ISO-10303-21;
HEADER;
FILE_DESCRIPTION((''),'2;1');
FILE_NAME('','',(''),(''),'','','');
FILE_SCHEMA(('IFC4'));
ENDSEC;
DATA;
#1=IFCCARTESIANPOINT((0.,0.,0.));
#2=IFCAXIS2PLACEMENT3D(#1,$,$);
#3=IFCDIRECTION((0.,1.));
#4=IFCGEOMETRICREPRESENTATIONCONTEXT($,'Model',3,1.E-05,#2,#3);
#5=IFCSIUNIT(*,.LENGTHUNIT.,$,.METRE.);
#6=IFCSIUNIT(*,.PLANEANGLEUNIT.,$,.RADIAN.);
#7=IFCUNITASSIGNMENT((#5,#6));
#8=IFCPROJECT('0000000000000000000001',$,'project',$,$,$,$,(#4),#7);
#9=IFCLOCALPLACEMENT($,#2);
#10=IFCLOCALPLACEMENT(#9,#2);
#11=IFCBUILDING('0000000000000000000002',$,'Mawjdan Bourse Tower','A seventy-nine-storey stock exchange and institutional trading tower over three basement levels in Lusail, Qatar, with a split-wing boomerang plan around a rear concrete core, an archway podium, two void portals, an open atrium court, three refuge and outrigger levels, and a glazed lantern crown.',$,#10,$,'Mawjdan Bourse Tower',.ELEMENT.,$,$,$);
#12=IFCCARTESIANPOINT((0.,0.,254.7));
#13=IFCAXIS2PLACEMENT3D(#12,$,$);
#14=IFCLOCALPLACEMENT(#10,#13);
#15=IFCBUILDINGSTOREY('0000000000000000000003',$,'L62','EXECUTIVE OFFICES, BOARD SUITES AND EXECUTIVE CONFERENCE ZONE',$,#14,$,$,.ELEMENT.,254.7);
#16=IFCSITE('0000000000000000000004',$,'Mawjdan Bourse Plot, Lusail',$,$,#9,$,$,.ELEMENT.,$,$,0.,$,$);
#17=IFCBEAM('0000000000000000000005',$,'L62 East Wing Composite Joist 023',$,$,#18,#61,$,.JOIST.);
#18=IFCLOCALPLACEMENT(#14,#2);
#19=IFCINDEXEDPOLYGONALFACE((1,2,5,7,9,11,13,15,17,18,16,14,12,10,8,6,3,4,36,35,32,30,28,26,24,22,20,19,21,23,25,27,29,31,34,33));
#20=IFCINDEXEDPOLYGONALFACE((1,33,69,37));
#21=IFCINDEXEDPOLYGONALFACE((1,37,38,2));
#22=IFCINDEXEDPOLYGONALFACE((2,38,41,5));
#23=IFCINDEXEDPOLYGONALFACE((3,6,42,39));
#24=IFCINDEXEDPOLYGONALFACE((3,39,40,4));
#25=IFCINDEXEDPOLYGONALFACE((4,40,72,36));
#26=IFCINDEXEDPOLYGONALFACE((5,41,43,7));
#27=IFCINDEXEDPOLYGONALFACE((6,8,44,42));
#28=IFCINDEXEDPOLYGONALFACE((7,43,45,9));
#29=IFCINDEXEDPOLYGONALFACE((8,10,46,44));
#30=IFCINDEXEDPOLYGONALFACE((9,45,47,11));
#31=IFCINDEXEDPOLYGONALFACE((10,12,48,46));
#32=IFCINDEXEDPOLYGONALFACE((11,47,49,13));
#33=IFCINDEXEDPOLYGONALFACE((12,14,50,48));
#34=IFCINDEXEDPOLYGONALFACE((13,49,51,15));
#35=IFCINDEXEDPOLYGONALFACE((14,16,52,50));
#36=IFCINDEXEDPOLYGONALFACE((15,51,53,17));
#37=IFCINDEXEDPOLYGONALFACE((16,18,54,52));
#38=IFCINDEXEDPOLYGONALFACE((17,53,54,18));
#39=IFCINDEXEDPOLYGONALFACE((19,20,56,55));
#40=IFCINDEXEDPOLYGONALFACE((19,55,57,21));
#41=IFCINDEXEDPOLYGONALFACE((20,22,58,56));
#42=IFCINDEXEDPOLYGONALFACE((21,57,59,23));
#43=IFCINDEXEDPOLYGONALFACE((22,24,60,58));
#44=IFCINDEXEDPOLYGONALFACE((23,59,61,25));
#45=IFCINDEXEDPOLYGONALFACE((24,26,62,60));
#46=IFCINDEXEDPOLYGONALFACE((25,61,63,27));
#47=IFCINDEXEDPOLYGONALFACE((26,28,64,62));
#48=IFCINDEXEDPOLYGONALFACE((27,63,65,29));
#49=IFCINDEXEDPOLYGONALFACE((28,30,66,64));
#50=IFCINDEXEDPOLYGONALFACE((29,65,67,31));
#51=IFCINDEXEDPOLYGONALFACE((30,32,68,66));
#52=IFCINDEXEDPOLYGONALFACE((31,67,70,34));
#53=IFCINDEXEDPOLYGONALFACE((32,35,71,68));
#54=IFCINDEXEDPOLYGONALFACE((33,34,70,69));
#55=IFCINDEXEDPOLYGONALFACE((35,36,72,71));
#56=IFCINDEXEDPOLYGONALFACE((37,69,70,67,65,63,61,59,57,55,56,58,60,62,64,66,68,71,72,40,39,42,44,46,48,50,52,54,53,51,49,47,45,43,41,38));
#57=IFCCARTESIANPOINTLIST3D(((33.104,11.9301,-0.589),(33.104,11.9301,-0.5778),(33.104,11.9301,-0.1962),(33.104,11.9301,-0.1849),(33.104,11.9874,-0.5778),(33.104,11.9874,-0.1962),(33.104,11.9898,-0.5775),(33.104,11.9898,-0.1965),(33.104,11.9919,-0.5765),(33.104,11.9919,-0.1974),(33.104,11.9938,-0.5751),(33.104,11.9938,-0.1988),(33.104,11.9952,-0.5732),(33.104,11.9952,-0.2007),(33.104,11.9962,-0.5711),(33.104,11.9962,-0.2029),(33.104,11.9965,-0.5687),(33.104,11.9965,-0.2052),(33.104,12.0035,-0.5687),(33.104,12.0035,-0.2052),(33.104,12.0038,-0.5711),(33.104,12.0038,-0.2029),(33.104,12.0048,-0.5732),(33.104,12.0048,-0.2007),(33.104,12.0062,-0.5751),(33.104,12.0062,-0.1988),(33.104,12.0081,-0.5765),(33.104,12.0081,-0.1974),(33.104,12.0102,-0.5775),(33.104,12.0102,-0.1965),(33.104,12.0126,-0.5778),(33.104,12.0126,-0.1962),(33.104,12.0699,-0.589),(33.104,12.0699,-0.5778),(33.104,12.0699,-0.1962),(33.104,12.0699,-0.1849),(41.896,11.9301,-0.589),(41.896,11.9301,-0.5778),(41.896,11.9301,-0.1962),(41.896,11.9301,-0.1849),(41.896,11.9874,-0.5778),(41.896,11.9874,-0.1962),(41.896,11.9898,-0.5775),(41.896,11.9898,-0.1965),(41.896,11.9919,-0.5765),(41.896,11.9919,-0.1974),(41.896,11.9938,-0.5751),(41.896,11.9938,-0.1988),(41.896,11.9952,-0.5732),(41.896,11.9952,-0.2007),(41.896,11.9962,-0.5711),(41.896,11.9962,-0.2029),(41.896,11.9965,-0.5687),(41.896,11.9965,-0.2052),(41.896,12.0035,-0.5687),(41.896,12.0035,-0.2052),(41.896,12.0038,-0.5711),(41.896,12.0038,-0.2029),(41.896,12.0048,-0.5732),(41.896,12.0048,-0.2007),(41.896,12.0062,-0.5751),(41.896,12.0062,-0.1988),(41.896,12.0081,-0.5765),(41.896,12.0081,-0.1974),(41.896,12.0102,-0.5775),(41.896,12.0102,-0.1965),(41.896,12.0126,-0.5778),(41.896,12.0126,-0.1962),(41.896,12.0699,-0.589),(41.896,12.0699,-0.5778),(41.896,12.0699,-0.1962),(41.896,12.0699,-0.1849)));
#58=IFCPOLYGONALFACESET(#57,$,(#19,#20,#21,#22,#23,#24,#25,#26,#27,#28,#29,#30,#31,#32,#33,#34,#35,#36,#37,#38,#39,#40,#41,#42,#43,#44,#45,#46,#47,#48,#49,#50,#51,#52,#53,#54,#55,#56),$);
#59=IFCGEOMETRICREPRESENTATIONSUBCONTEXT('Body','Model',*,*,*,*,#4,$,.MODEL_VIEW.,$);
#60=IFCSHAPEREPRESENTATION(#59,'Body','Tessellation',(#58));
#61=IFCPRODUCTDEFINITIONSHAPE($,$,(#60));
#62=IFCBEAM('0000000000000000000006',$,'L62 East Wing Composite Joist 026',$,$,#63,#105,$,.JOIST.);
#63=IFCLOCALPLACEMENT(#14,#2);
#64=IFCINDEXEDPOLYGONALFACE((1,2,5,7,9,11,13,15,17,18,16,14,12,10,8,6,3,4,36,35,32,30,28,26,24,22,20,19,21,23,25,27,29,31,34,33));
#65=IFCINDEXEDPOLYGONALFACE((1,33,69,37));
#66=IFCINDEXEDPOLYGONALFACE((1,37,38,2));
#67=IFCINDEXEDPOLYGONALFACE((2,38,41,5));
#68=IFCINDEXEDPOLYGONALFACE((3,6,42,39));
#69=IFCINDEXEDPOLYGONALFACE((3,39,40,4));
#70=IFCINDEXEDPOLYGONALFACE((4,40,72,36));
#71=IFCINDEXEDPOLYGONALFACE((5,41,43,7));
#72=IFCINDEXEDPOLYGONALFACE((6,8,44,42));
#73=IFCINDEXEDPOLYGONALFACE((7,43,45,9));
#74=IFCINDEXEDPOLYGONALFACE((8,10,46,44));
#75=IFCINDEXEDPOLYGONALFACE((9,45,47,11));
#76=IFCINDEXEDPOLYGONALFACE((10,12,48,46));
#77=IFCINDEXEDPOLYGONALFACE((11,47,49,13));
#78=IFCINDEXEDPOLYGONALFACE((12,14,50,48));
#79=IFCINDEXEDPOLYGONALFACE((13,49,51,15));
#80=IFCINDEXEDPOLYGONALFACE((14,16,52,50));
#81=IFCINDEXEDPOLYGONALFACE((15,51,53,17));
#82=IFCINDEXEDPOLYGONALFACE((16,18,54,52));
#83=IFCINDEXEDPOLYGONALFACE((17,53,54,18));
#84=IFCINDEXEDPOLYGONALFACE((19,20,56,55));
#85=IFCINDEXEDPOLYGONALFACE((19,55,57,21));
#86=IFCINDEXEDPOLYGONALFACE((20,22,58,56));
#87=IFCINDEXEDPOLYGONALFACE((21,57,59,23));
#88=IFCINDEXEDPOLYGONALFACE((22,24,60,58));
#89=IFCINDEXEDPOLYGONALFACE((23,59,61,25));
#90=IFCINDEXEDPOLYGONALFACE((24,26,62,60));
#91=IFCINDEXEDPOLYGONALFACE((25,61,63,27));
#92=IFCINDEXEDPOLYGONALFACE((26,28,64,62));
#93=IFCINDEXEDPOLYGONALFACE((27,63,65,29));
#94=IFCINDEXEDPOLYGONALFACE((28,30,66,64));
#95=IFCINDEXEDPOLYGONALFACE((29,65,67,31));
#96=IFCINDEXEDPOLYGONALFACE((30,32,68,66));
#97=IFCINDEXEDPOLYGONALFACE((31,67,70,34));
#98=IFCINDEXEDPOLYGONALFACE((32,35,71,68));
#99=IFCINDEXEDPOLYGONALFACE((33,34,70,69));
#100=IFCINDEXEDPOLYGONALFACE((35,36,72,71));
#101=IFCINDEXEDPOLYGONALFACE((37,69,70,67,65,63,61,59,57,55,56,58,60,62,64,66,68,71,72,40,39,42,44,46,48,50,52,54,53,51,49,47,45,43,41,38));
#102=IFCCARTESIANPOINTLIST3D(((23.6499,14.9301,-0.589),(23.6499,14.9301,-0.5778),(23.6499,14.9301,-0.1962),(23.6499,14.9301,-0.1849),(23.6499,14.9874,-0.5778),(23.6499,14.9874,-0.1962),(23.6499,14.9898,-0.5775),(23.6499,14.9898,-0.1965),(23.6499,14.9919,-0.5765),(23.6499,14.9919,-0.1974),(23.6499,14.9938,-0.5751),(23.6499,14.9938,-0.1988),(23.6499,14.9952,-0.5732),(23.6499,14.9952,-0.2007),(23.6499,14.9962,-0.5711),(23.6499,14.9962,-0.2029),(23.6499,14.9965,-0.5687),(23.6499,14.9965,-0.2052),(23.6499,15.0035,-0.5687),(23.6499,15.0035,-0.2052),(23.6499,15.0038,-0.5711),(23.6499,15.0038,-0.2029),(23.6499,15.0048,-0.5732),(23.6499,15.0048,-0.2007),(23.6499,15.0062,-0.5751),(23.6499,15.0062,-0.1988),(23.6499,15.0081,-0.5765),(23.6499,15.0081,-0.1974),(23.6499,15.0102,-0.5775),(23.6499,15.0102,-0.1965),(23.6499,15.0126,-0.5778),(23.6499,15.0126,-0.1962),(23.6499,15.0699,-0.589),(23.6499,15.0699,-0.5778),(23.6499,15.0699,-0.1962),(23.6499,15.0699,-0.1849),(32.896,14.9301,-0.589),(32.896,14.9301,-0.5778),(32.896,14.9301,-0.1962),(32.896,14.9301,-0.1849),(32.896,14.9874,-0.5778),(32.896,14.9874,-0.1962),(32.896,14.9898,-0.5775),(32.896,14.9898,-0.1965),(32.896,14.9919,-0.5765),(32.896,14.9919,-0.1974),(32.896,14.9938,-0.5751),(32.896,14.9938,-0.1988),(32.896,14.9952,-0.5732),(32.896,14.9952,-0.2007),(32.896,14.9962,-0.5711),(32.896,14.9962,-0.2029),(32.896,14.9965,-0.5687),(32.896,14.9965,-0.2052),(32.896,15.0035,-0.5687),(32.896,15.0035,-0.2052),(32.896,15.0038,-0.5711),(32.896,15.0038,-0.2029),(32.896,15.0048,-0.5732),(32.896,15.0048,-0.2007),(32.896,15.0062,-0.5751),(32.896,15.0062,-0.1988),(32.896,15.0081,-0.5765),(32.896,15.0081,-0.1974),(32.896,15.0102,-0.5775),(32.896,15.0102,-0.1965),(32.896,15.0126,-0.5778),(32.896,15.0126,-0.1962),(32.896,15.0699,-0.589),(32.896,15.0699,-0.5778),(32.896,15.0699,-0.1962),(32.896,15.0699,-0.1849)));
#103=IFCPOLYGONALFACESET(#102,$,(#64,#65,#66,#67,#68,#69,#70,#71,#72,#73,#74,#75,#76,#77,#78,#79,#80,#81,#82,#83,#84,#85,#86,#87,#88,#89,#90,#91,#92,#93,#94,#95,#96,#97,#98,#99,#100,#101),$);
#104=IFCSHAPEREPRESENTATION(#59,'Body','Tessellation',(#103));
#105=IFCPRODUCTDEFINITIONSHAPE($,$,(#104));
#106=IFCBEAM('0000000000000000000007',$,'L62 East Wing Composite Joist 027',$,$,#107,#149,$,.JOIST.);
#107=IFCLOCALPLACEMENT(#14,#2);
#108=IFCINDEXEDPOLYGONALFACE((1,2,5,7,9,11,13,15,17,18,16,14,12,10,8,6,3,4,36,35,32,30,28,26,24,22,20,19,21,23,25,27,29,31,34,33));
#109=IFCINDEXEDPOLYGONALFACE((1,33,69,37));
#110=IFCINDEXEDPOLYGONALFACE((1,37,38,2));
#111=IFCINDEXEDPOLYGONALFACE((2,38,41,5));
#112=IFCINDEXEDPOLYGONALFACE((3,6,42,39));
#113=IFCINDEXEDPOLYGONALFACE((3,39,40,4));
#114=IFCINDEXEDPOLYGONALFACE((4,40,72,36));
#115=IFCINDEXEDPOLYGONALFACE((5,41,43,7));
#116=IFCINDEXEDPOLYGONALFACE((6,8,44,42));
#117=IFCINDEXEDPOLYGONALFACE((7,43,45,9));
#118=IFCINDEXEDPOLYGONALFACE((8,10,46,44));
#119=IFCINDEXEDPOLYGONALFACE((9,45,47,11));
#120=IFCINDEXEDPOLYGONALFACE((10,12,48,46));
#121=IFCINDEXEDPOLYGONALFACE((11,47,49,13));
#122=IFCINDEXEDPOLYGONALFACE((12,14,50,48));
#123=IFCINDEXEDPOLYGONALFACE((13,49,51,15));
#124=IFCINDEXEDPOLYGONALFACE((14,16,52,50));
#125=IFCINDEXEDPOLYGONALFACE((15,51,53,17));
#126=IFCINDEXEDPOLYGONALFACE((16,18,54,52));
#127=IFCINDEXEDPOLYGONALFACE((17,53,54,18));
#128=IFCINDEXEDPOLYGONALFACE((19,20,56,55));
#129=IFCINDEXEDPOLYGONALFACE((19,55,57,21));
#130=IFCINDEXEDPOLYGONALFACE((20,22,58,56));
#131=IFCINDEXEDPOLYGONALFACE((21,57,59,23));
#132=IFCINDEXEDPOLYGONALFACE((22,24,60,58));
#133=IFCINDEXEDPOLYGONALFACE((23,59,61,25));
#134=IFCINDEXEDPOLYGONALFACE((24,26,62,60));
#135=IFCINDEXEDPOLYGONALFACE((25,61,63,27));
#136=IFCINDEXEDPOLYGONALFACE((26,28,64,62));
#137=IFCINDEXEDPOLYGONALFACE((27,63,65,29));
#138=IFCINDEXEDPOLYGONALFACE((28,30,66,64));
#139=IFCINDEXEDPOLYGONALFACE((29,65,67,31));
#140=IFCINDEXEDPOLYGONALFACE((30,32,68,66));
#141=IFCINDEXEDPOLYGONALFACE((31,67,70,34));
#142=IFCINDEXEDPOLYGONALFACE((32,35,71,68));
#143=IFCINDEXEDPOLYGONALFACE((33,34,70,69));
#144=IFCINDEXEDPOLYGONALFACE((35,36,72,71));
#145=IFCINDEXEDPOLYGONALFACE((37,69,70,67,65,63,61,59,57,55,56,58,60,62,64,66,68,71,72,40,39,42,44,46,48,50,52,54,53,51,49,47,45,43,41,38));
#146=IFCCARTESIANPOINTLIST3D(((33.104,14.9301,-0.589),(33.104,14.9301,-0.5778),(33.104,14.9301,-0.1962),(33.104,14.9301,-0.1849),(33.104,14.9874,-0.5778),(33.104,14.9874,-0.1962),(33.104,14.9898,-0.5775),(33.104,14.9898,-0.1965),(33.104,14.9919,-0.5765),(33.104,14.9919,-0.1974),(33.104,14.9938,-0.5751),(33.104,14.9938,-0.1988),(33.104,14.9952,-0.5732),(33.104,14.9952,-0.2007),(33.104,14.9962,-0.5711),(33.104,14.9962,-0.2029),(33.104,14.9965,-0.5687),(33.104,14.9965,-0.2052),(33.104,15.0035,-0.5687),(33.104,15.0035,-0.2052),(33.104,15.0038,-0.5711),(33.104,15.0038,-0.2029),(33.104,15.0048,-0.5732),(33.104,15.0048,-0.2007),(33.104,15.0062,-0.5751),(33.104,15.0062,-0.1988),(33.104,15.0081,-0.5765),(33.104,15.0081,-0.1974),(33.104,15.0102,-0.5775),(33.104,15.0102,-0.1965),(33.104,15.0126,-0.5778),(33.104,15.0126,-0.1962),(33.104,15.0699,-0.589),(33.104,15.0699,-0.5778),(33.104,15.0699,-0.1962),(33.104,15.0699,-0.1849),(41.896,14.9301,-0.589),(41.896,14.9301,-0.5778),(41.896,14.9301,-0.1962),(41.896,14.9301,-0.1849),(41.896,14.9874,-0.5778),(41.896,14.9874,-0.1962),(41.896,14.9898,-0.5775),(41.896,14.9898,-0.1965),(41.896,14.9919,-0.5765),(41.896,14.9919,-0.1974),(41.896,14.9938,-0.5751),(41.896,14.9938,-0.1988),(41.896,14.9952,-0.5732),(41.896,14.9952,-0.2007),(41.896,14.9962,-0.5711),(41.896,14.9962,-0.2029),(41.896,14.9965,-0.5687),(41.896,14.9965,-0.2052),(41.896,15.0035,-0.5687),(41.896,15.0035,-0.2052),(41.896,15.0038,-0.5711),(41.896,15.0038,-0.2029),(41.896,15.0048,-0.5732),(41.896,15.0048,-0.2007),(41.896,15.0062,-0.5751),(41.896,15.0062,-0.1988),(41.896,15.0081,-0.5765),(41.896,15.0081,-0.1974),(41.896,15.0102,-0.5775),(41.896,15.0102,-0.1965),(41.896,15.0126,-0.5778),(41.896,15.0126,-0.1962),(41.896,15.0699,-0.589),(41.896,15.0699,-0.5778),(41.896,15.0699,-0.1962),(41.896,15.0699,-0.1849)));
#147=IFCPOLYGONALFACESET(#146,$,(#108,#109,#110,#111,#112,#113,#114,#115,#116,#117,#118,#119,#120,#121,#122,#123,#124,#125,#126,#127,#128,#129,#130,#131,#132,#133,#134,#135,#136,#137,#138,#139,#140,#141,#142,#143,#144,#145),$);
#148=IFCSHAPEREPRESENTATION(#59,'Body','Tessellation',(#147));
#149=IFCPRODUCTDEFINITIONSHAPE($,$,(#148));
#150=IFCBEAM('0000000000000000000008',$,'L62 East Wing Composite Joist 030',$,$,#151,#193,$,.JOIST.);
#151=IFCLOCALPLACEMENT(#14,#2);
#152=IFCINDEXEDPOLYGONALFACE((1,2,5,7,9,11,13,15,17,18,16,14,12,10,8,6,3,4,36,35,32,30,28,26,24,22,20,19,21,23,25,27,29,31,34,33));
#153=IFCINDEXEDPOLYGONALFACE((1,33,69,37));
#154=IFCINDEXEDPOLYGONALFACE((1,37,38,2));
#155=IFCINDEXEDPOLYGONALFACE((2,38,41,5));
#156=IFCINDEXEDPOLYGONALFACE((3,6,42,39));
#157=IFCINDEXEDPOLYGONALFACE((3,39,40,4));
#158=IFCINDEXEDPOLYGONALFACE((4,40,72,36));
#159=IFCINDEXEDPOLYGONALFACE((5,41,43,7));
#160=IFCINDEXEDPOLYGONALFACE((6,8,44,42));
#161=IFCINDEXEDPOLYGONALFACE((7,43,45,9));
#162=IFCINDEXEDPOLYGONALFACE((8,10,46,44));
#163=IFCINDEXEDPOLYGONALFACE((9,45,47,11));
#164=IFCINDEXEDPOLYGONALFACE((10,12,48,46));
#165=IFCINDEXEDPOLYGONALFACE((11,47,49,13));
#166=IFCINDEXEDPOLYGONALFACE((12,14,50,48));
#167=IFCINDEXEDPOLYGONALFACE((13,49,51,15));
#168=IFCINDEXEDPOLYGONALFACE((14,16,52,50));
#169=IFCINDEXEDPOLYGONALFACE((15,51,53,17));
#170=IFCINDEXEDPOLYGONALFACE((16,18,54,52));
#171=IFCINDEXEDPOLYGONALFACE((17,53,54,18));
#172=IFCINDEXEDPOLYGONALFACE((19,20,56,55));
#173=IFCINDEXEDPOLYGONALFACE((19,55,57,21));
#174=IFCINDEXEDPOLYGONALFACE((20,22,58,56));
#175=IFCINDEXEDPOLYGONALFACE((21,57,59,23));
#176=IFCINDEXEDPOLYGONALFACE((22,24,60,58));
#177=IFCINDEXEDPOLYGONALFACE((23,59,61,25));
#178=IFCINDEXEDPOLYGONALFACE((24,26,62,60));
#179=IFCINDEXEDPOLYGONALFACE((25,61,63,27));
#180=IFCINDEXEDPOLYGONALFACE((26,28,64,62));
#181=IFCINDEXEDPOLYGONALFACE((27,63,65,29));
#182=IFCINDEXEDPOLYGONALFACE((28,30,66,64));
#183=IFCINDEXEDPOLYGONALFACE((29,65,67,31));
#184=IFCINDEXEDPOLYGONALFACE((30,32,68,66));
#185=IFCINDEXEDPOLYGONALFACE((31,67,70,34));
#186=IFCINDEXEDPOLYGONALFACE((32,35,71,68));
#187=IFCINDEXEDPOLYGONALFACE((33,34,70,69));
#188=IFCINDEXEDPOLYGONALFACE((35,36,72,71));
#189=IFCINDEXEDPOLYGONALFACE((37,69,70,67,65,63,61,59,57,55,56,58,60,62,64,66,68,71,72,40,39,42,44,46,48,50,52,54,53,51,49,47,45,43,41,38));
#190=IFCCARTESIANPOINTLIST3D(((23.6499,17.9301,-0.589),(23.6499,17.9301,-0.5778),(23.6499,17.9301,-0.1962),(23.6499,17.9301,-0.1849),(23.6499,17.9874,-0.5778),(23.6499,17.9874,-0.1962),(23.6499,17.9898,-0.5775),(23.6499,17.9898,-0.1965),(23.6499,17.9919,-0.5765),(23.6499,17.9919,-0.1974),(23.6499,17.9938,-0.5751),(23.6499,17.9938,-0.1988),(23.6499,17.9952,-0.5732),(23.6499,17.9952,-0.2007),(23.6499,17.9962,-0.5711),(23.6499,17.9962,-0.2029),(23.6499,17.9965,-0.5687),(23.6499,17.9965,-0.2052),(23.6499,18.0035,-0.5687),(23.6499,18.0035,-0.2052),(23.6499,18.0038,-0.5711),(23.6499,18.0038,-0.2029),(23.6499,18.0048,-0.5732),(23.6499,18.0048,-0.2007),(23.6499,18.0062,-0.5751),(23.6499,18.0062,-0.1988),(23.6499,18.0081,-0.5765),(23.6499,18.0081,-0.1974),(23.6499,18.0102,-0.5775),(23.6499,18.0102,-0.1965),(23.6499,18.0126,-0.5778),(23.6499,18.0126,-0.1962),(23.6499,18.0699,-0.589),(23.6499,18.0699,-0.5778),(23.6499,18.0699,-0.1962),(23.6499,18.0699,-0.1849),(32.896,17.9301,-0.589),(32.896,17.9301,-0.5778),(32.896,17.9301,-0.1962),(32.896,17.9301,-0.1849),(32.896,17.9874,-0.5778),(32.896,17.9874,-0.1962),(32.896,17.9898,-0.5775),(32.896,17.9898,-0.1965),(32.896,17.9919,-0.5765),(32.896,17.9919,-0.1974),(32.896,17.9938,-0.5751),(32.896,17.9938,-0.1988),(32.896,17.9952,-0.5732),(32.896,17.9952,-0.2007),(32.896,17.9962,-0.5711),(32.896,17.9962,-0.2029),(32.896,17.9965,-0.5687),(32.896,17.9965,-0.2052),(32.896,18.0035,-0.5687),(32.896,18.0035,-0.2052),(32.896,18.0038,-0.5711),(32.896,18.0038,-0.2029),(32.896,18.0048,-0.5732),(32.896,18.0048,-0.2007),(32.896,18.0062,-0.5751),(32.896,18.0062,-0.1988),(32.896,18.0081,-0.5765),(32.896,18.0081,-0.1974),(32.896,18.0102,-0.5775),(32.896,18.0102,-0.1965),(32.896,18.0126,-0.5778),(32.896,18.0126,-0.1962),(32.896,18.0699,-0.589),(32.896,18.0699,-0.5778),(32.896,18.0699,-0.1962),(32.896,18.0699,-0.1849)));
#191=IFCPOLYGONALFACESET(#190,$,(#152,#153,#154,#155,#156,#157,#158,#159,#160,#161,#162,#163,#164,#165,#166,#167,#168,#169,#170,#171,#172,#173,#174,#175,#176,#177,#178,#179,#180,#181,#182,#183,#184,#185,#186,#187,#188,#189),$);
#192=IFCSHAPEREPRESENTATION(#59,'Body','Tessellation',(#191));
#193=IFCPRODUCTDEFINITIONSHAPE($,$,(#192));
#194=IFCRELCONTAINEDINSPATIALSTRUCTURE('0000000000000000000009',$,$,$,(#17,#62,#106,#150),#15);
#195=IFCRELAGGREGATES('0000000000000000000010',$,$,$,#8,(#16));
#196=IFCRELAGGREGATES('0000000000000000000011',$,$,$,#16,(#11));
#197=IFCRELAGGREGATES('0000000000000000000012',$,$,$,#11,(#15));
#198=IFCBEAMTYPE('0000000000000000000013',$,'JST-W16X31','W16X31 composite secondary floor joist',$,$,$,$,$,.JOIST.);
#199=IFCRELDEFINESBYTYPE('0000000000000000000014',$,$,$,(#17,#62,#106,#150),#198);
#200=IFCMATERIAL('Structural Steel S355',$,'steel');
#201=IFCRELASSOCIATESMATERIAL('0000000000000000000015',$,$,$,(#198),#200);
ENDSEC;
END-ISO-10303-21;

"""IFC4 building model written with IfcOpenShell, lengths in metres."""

from ifc_helpers import new_model, si_unit, direction, frame, origin, origin_2d, place, context, subcontext, project, spatial, i_section, extrude, material, material_profile, profile_set, type_object, element, save


model = new_model("IFC4")

# Units and contexts
model_context = context("Model", 3, precision=1e-05, world=origin(), true_north=direction((0.0, 1.0)))
body_context = subcontext(model_context, "Body", "Model", "MODEL_VIEW")
ifc_project = project(units=[si_unit("LENGTHUNIT", "METRE"), si_unit("PLANEANGLEUNIT", "RADIAN")], contexts=[model_context])

# Site, building, storey
site_placement = place(None, origin())
site = spatial("IfcSite", under=ifc_project, at=site_placement, Name="Mawjdan Bourse Plot, Lusail", CompositionType="ELEMENT", RefElevation=0.0)
building_placement = place(site_placement, origin())
building = spatial("IfcBuilding", under=site, at=building_placement, Name="Mawjdan Bourse Tower", Description="A seventy-nine-storey stock exchange and institutional trading tower over three basement levels in Lusail, Qatar, with a split-wing boomerang plan around a rear concrete core, an archway podium, two void portals, an open atrium court, three refuge and outrigger levels, and a glazed lantern crown.", LongName="Mawjdan Bourse Tower", CompositionType="ELEMENT")
storey_placement = place(building_placement, frame((0.0, 0.0, 254.7)))
storey = spatial("IfcBuildingStorey", under=building, at=storey_placement, Name="L62", Description="EXECUTIVE OFFICES, BOARD SUITES AND EXECUTIVE CONFERENCE ZONE", CompositionType="ELEMENT", Elevation=254.7)

# Beams
ifc_material_1 = material(Name="Structural Steel S355", Category="steel")
ifc_material_profile_1 = material_profile(ifc_material_1, i_section(OverallWidth=0.1399, OverallDepth=0.4041, WebThickness=0.0071, FlangeThickness=0.0112, FilletRadius=0.009, at=origin_2d()), Name="W16X31")
ifc_profile_set_1 = profile_set([ifc_material_profile_1], Name="Structural Steel S355")
beam_type_1 = type_object("IfcBeamType", Name="JST-W16X31", Description="W16X31 composite secondary floor joist", PredefinedType="JOIST", material=ifc_profile_set_1)
beam_1_placement = place(storey_placement, frame((33.104, 12.0, -0.387), z_axis=(1.0, 0.0, 0.0), x_axis=(0.0, 1.0, 0.0)))
element("IfcBeam", 1, at=beam_1_placement, inside=storey, type_object=beam_type_1, Name="L62 East Wing Composite Joist 023", PredefinedType="JOIST", context=body_context, shape_type="SweptSolid", body=[
    extrude(i_section(OverallWidth=0.1399, OverallDepth=0.4041, WebThickness=0.0071, FlangeThickness=0.0112, FilletRadius=0.009, at=origin_2d()), origin(), (0.0, 0.0, 1.0), 8.792),
])
beam_2_placement = place(storey_placement, frame((23.6499, 15.0, -0.387), z_axis=(1.0, 0.0, 0.0), x_axis=(0.0, 1.0, 0.0)))
element("IfcBeam", 2, at=beam_2_placement, inside=storey, type_object=beam_type_1, Name="L62 East Wing Composite Joist 026", PredefinedType="JOIST", context=body_context, shape_type="SweptSolid", body=[
    extrude(i_section(OverallWidth=0.1399, OverallDepth=0.4041, WebThickness=0.0071, FlangeThickness=0.0112, FilletRadius=0.009, at=origin_2d()), origin(), (0.0, 0.0, 1.0), 9.2461),
])
beam_3_placement = place(storey_placement, frame((33.104, 15.0, -0.387), z_axis=(1.0, 0.0, 0.0), x_axis=(0.0, 1.0, 0.0)))
element("IfcBeam", 3, at=beam_3_placement, inside=storey, type_object=beam_type_1, Name="L62 East Wing Composite Joist 027", PredefinedType="JOIST", context=body_context, shape_type="SweptSolid", body=[
    extrude(i_section(OverallWidth=0.1399, OverallDepth=0.4041, WebThickness=0.0071, FlangeThickness=0.0112, FilletRadius=0.009, at=origin_2d()), origin(), (0.0, 0.0, 1.0), 8.792),
])
beam_4_placement = place(storey_placement, frame((23.6499, 18.0, -0.387), z_axis=(1.0, 0.0, 0.0), x_axis=(0.0, 1.0, 0.0)))
element("IfcBeam", 4, at=beam_4_placement, inside=storey, type_object=beam_type_1, Name="L62 East Wing Composite Joist 030", PredefinedType="JOIST", context=body_context, shape_type="SweptSolid", body=[
    extrude(i_section(OverallWidth=0.1399, OverallDepth=0.4041, WebThickness=0.0071, FlangeThickness=0.0112, FilletRadius=0.009, at=origin_2d()), origin(), (0.0, 0.0, 1.0), 9.2461),
])

save(model, "model.ifc")
